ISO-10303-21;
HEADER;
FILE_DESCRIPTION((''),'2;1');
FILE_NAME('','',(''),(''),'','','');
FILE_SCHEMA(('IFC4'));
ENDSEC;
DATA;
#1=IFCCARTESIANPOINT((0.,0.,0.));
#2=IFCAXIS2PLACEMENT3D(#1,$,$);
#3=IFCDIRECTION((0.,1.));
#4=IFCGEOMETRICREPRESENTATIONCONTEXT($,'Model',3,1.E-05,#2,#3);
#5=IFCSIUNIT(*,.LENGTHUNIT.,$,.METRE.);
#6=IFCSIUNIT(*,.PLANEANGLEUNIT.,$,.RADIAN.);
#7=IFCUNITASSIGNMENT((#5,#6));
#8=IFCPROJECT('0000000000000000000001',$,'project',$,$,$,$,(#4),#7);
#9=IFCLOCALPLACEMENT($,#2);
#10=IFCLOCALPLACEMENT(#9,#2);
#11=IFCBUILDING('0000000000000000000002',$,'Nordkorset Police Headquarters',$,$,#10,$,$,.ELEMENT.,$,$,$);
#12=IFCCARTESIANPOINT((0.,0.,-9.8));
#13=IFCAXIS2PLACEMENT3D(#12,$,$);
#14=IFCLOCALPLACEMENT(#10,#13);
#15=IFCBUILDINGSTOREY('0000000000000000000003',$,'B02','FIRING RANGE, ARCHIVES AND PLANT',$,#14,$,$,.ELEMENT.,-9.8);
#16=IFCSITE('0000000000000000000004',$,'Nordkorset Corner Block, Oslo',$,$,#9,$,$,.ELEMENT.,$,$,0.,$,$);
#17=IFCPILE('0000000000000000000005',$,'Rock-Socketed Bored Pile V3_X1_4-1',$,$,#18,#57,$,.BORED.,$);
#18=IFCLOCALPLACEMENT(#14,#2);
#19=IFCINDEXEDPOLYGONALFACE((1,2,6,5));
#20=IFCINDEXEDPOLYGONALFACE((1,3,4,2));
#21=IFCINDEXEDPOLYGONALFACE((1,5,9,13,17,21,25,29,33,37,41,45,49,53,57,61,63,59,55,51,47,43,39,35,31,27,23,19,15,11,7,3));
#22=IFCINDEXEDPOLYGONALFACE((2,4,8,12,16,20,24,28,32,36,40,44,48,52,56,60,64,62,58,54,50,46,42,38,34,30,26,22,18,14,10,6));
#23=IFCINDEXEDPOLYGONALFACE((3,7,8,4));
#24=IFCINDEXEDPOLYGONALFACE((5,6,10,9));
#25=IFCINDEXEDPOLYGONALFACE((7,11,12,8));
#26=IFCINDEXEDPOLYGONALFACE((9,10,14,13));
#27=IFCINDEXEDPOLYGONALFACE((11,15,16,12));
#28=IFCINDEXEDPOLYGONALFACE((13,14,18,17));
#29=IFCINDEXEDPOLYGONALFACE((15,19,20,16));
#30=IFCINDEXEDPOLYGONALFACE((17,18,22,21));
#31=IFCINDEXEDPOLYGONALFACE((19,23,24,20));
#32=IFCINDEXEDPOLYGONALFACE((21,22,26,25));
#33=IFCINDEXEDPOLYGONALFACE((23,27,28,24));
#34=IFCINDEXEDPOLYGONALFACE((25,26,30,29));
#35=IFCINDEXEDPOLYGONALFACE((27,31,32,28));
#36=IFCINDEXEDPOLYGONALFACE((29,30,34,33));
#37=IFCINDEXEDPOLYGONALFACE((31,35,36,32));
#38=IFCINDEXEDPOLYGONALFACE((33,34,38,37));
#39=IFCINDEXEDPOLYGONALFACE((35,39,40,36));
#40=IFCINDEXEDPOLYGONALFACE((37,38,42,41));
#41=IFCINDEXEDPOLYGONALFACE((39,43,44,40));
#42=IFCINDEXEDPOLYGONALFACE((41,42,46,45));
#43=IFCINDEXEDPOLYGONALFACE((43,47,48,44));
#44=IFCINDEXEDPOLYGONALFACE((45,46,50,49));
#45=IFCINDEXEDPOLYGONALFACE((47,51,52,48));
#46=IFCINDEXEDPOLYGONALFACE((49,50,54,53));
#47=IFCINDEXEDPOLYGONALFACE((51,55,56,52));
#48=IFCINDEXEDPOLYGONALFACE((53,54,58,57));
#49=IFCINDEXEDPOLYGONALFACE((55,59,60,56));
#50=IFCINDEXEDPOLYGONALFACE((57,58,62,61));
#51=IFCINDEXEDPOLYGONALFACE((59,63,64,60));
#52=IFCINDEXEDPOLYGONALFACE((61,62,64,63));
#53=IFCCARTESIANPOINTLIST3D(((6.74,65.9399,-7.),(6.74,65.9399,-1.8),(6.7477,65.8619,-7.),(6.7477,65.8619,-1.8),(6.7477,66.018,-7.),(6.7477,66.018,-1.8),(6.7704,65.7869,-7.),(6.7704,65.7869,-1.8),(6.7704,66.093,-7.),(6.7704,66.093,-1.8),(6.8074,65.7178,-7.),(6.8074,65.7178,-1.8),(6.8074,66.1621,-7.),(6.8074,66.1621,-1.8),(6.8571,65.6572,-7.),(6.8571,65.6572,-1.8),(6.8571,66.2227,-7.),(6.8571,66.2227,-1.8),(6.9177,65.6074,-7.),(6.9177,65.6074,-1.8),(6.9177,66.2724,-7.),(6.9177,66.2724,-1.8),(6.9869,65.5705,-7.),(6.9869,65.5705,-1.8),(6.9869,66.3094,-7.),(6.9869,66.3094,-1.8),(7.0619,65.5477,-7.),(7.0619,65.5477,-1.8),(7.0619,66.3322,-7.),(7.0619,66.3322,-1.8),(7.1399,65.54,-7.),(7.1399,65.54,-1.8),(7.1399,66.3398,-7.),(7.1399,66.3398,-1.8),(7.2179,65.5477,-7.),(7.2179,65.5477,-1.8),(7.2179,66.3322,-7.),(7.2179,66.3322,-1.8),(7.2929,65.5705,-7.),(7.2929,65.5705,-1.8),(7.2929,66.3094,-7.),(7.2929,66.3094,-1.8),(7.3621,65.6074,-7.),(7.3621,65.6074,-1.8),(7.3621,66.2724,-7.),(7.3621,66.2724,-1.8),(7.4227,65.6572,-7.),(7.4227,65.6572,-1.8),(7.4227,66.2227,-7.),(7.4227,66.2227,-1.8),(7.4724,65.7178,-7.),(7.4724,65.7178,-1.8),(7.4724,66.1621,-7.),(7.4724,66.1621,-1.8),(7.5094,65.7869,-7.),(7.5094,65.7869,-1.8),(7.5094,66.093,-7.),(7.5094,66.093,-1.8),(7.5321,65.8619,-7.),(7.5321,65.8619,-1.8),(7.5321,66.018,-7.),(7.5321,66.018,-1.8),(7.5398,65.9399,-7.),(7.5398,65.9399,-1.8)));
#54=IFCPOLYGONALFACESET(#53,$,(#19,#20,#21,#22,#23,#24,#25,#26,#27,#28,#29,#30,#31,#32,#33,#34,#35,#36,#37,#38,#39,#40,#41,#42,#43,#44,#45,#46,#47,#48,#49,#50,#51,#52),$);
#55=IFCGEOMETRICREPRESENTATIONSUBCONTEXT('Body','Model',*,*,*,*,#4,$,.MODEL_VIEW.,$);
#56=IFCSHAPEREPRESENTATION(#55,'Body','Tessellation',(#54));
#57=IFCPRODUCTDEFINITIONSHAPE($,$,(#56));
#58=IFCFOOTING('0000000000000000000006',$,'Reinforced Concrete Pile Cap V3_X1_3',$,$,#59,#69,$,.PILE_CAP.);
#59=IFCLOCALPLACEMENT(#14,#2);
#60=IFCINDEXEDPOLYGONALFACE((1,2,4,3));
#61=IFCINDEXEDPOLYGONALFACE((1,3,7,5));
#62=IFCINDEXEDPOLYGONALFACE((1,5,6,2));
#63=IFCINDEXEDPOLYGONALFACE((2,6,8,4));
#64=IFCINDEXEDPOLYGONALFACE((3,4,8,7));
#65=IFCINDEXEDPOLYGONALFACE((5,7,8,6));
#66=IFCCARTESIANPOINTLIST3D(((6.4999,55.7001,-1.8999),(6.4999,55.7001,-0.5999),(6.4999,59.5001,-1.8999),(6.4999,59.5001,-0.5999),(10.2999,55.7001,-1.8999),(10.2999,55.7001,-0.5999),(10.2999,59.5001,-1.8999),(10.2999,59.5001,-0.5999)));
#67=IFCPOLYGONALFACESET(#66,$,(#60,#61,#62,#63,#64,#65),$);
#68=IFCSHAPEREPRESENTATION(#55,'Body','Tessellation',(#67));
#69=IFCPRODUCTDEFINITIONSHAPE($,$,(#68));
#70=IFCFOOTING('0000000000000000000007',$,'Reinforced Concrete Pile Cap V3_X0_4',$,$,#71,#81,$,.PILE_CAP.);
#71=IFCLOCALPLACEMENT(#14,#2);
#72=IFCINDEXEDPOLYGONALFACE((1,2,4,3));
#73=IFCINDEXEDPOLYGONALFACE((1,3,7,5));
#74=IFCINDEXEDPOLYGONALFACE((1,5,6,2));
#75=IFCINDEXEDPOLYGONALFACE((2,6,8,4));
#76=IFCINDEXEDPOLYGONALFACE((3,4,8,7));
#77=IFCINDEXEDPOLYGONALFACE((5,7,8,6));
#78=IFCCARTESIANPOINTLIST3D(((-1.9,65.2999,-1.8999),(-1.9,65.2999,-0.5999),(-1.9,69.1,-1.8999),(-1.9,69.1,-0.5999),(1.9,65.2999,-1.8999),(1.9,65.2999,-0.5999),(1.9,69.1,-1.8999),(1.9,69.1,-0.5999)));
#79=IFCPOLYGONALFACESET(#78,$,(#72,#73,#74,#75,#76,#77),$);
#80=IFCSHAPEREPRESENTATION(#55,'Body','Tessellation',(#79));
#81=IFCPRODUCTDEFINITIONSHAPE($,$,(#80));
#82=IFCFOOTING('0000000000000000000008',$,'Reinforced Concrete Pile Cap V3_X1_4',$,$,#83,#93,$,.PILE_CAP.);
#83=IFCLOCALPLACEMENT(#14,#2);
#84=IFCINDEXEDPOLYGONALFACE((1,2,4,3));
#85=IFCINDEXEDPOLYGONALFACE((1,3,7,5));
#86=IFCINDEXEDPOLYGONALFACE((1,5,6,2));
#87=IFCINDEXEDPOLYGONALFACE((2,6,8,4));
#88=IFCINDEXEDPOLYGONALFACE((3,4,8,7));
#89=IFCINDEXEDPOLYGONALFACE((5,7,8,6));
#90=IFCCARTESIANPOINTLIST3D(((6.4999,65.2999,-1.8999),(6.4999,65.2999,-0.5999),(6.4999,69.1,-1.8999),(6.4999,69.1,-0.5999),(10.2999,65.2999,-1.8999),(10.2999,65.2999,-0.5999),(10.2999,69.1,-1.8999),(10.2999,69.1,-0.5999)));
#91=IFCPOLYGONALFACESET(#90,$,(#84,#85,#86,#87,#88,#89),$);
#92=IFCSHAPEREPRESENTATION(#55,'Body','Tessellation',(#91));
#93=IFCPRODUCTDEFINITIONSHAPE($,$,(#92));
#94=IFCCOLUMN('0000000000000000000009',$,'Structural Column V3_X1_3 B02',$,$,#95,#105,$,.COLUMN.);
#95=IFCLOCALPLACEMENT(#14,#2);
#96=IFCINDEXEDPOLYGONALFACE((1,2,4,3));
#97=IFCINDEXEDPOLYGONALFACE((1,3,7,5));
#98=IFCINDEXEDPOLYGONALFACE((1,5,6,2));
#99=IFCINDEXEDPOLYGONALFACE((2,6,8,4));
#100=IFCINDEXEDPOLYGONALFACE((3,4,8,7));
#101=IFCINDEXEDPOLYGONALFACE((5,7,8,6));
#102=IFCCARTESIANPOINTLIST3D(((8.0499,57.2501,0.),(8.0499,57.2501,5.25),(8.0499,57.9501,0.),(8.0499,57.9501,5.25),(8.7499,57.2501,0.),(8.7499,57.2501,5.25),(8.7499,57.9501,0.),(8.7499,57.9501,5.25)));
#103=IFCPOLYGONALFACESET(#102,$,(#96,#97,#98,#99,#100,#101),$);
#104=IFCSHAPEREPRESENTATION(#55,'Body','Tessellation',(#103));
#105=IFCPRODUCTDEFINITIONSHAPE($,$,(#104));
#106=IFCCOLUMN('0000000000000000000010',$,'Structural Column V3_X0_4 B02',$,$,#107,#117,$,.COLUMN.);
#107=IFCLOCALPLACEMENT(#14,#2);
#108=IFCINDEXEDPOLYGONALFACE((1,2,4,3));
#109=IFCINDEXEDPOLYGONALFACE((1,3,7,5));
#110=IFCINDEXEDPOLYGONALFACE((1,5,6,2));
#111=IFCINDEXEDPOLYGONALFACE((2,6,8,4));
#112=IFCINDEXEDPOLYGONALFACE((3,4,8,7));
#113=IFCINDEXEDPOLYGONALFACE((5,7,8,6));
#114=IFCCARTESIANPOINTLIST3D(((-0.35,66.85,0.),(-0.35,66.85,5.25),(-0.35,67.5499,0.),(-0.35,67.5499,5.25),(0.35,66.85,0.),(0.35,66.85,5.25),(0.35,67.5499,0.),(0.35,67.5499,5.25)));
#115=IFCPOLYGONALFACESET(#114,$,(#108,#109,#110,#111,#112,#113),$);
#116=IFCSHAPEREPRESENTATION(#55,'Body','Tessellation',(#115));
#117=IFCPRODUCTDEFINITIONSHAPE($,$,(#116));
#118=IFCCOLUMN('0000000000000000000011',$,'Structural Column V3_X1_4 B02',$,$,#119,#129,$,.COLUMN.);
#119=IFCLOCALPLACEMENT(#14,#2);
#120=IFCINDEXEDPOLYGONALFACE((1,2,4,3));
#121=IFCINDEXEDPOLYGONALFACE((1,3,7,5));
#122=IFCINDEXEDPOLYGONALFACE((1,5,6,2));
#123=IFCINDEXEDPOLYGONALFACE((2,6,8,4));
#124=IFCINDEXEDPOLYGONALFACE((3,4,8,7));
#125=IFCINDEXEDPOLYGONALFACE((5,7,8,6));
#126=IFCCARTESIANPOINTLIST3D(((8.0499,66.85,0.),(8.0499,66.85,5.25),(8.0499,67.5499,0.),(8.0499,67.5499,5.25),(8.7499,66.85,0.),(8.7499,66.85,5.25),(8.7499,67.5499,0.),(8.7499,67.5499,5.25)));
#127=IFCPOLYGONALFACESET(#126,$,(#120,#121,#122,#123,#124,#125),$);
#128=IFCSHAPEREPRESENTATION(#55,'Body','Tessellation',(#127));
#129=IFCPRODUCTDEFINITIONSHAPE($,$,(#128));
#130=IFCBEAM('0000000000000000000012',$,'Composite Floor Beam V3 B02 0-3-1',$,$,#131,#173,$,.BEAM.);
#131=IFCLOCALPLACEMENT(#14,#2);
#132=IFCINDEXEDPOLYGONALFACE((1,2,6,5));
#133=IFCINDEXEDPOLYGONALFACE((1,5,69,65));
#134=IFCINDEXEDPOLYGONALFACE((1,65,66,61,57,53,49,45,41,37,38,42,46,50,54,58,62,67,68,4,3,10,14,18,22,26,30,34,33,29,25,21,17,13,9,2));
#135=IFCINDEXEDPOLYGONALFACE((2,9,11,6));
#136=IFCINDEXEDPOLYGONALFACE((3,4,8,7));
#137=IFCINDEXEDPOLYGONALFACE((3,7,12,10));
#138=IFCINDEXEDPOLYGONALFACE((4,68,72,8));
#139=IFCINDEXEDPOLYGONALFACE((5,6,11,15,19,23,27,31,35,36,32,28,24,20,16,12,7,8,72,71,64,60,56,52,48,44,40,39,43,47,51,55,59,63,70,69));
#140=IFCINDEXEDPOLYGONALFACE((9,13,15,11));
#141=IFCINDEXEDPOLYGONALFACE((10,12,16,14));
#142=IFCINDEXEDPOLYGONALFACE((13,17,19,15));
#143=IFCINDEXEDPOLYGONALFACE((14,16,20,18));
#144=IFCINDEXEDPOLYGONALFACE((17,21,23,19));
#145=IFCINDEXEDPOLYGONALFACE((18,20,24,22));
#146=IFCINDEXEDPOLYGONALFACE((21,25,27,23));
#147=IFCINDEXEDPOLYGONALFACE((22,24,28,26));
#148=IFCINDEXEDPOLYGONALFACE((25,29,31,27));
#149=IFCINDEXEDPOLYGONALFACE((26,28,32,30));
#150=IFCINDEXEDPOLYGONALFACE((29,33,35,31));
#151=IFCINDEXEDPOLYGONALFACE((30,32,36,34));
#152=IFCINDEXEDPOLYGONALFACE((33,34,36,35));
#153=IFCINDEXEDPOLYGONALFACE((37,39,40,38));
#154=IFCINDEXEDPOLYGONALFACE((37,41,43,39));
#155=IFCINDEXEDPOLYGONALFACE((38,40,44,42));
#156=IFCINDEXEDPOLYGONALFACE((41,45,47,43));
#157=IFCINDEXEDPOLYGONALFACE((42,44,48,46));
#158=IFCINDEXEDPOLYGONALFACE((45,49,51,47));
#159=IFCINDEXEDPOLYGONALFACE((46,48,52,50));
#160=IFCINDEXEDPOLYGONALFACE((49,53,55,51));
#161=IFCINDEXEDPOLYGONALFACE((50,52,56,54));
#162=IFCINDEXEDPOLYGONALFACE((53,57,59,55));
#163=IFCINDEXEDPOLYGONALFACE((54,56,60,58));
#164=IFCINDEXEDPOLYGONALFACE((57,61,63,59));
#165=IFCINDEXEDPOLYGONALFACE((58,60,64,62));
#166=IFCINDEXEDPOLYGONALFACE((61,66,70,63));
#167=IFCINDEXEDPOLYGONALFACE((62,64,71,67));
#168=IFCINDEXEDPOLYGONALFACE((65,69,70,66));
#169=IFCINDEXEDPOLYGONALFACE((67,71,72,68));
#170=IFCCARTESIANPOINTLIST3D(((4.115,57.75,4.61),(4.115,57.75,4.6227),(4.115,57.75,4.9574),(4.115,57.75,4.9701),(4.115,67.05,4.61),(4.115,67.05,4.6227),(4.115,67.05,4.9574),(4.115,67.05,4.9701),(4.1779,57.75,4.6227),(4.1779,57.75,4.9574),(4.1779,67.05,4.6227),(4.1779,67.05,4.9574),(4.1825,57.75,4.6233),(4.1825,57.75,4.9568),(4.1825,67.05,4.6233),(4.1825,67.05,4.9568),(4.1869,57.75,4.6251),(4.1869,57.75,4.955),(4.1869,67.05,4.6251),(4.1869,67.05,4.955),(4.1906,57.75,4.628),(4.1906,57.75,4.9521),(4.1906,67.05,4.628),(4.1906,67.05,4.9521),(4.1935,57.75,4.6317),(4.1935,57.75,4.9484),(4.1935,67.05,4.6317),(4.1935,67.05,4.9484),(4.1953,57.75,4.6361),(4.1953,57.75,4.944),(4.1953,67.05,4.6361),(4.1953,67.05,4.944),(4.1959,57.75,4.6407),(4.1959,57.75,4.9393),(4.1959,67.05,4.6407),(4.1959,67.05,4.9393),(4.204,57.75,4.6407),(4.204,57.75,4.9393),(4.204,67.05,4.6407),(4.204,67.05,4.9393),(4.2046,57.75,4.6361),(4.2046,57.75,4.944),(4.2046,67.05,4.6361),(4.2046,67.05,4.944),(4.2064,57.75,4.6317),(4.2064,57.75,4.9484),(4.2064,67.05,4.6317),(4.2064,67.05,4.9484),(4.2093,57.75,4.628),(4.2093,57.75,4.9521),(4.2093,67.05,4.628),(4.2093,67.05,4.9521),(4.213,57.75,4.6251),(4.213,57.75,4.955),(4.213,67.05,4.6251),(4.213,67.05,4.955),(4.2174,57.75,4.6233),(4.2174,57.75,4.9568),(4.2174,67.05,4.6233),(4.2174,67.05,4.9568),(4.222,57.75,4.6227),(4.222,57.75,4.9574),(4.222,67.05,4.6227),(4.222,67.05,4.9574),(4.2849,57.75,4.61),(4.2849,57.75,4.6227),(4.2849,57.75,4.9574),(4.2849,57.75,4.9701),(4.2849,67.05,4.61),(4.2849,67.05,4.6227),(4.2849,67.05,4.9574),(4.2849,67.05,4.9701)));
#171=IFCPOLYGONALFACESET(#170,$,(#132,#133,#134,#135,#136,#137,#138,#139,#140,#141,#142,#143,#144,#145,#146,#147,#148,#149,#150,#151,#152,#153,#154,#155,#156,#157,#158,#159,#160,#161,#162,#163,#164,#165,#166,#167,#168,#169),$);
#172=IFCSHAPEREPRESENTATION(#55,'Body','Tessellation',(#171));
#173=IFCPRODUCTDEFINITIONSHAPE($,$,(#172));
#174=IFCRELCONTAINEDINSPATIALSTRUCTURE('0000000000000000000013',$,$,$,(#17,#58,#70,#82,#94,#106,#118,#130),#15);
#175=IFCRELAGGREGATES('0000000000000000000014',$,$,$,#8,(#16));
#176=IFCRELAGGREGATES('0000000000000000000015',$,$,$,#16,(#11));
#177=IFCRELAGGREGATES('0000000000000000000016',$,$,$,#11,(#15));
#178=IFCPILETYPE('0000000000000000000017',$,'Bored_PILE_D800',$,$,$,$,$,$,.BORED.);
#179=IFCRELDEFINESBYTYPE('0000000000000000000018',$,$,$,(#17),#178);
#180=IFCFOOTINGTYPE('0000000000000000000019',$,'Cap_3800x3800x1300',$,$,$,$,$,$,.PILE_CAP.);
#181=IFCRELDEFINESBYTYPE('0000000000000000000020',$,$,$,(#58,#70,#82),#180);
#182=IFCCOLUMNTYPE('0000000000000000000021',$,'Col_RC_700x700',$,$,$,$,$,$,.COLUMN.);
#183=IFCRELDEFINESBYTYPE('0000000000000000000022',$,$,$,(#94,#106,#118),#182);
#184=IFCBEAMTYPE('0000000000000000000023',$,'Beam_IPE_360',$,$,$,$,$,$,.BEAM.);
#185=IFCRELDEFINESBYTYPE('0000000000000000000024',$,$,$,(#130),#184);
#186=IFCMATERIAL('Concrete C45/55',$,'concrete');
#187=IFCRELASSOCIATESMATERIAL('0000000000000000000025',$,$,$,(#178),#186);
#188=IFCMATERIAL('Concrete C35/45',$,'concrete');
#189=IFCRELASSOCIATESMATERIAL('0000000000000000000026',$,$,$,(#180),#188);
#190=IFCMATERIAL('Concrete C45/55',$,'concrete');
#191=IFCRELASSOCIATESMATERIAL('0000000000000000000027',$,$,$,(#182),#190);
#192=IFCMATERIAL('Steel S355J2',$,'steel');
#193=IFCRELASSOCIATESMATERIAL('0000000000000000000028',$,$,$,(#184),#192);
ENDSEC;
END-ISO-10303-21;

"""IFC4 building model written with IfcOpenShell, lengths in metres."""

from ifc_helpers import new_model, si_unit, direction, frame, origin, origin_2d, place, context, subcontext, project, spatial, rectangle, circle, i_section, extrude, material, material_profile, profile_set, type_object, element, save


model = new_model("IFC4")

# Units and contexts
model_context = context("Model", 3, precision=1e-05, world=origin(), true_north=direction((0.0, 1.0)))
body_context = subcontext(model_context, "Body", "Model", "MODEL_VIEW")
ifc_project = project(units=[si_unit("LENGTHUNIT", "METRE"), si_unit("PLANEANGLEUNIT", "RADIAN")], contexts=[model_context])

# Site, building, storey
site_placement = place(None, origin())
site = spatial("IfcSite", under=ifc_project, at=site_placement, Name="Nordkorset Corner Block, Oslo", CompositionType="ELEMENT", RefElevation=0.0)
building_placement = place(site_placement, origin())
building = spatial("IfcBuilding", under=site, at=building_placement, Name="Nordkorset Police Headquarters", CompositionType="ELEMENT")
storey_placement = place(building_placement, frame((0.0, 0.0, -9.8)))
storey = spatial("IfcBuildingStorey", under=building, at=storey_placement, Name="B02", Description="FIRING RANGE, ARCHIVES AND PLANT", CompositionType="ELEMENT", Elevation=-9.8)

# Pile
ifc_material_1 = material(Name="Concrete C45/55", Category="concrete")
ifc_material_profile_1 = material_profile(ifc_material_1, circle(Radius=0.3999, at=origin_2d()), Name="PILE D800")
ifc_profile_set_1 = profile_set([ifc_material_profile_1], Name="Concrete C45/55")
pile_type = type_object("IfcPileType", Name="Bored_PILE_D800", PredefinedType="BORED", material=ifc_profile_set_1)
for number, where, z_axis, x_axis, name in (
    (1, (7.1399, 65.9399, -1.8), (0.0, 0.0, -1.0), (1.0, 0.0, 0.0), "Rock-Socketed Bored Pile V3_X1_4-1"),
):
    element("IfcPile", number, at=place(storey_placement, frame(where, z_axis=z_axis, x_axis=x_axis)), inside=storey, type_object=pile_type, Name=name, PredefinedType="BORED", context=body_context, shape_type="SweptSolid", body=[
        extrude(circle(Radius=0.3999, at=origin_2d()), origin(), (0.0, 0.0, 1.0), 5.2),
    ])

# Footings
ifc_material_2 = material(Name="Concrete C35/45", Category="concrete")
footing_type = type_object("IfcFootingType", Name="Cap_3800x3800x1300", PredefinedType="PILE_CAP", material=ifc_material_2)
for number, where, z_axis, x_axis, name in (
    (2, (8.3999, 57.6001, -1.8999), (0.0, 0.0, 1.0), (1.0, 0.0, 0.0), "Reinforced Concrete Pile Cap V3_X1_3"),
    (3, (0.0, 67.2, -1.8999), (0.0, 0.0, 1.0), (1.0, 0.0, 0.0), "Reinforced Concrete Pile Cap V3_X0_4"),
    (4, (8.3999, 67.2, -1.8999), (0.0, 0.0, 1.0), (1.0, 0.0, 0.0), "Reinforced Concrete Pile Cap V3_X1_4"),
):
    element("IfcFooting", number, at=place(storey_placement, frame(where, z_axis=z_axis, x_axis=x_axis)), inside=storey, type_object=footing_type, Name=name, PredefinedType="PILE_CAP", context=body_context, shape_type="SweptSolid", body=[
        extrude(rectangle(XDim=3.8, YDim=3.8, at=origin_2d()), origin(), (0.0, 0.0, 1.0), 1.3),
    ])

# Columns
ifc_material_3 = material(Name="Concrete C45/55", Category="concrete")
ifc_material_profile_2 = material_profile(ifc_material_3, rectangle(XDim=0.7, YDim=0.7, at=origin_2d()), Name="RC 700x700")
ifc_profile_set_2 = profile_set([ifc_material_profile_2], Name="Concrete C45/55")
column_type = type_object("IfcColumnType", Name="Col_RC_700x700", PredefinedType="COLUMN", material=ifc_profile_set_2)
for number, where, z_axis, x_axis, name in (
    (5, (8.3999, 57.6001, 0.0), (0.0, 0.0, 1.0), (1.0, 0.0, 0.0), "Structural Column V3_X1_3 B02"),
    (6, (0.0, 67.2, 0.0), (0.0, 0.0, 1.0), (1.0, 0.0, 0.0), "Structural Column V3_X0_4 B02"),
    (7, (8.3999, 67.2, 0.0), (0.0, 0.0, 1.0), (1.0, 0.0, 0.0), "Structural Column V3_X1_4 B02"),
):
    element("IfcColumn", number, at=place(storey_placement, frame(where, z_axis=z_axis, x_axis=x_axis)), inside=storey, type_object=column_type, Name=name, PredefinedType="COLUMN", context=body_context, shape_type="SweptSolid", body=[
        extrude(rectangle(XDim=0.7, YDim=0.7, at=origin_2d()), origin(), (0.0, 0.0, 1.0), 5.25),
    ])

# Beam
ifc_material_4 = material(Name="Steel S355J2", Category="steel")
ifc_material_profile_3 = material_profile(ifc_material_4, i_section(OverallWidth=0.1699, OverallDepth=0.3601, WebThickness=0.0081, FlangeThickness=0.0127, FilletRadius=0.0181, at=origin_2d()), Name="IPE 360")
ifc_profile_set_3 = profile_set([ifc_material_profile_3], Name="Steel S355J2")
beam_type_1 = type_object("IfcBeamType", Name="Beam_IPE_360", PredefinedType="BEAM", material=ifc_profile_set_3)
beam_1_placement = place(storey_placement, frame((4.2, 57.75, 4.79), z_axis=(0.0, 1.0, 0.0), x_axis=(-1.0, 0.0, 0.0)))
element("IfcBeam", 8, at=beam_1_placement, inside=storey, type_object=beam_type_1, Name="Composite Floor Beam V3 B02 0-3-1", PredefinedType="BEAM", context=body_context, shape_type="SweptSolid", body=[
    extrude(i_section(OverallWidth=0.1699, OverallDepth=0.3601, WebThickness=0.0081, FlangeThickness=0.0127, FilletRadius=0.0181, at=origin_2d()), origin(), (0.0, 0.0, 1.0), 9.3),
])

save(model, "model.ifc")
